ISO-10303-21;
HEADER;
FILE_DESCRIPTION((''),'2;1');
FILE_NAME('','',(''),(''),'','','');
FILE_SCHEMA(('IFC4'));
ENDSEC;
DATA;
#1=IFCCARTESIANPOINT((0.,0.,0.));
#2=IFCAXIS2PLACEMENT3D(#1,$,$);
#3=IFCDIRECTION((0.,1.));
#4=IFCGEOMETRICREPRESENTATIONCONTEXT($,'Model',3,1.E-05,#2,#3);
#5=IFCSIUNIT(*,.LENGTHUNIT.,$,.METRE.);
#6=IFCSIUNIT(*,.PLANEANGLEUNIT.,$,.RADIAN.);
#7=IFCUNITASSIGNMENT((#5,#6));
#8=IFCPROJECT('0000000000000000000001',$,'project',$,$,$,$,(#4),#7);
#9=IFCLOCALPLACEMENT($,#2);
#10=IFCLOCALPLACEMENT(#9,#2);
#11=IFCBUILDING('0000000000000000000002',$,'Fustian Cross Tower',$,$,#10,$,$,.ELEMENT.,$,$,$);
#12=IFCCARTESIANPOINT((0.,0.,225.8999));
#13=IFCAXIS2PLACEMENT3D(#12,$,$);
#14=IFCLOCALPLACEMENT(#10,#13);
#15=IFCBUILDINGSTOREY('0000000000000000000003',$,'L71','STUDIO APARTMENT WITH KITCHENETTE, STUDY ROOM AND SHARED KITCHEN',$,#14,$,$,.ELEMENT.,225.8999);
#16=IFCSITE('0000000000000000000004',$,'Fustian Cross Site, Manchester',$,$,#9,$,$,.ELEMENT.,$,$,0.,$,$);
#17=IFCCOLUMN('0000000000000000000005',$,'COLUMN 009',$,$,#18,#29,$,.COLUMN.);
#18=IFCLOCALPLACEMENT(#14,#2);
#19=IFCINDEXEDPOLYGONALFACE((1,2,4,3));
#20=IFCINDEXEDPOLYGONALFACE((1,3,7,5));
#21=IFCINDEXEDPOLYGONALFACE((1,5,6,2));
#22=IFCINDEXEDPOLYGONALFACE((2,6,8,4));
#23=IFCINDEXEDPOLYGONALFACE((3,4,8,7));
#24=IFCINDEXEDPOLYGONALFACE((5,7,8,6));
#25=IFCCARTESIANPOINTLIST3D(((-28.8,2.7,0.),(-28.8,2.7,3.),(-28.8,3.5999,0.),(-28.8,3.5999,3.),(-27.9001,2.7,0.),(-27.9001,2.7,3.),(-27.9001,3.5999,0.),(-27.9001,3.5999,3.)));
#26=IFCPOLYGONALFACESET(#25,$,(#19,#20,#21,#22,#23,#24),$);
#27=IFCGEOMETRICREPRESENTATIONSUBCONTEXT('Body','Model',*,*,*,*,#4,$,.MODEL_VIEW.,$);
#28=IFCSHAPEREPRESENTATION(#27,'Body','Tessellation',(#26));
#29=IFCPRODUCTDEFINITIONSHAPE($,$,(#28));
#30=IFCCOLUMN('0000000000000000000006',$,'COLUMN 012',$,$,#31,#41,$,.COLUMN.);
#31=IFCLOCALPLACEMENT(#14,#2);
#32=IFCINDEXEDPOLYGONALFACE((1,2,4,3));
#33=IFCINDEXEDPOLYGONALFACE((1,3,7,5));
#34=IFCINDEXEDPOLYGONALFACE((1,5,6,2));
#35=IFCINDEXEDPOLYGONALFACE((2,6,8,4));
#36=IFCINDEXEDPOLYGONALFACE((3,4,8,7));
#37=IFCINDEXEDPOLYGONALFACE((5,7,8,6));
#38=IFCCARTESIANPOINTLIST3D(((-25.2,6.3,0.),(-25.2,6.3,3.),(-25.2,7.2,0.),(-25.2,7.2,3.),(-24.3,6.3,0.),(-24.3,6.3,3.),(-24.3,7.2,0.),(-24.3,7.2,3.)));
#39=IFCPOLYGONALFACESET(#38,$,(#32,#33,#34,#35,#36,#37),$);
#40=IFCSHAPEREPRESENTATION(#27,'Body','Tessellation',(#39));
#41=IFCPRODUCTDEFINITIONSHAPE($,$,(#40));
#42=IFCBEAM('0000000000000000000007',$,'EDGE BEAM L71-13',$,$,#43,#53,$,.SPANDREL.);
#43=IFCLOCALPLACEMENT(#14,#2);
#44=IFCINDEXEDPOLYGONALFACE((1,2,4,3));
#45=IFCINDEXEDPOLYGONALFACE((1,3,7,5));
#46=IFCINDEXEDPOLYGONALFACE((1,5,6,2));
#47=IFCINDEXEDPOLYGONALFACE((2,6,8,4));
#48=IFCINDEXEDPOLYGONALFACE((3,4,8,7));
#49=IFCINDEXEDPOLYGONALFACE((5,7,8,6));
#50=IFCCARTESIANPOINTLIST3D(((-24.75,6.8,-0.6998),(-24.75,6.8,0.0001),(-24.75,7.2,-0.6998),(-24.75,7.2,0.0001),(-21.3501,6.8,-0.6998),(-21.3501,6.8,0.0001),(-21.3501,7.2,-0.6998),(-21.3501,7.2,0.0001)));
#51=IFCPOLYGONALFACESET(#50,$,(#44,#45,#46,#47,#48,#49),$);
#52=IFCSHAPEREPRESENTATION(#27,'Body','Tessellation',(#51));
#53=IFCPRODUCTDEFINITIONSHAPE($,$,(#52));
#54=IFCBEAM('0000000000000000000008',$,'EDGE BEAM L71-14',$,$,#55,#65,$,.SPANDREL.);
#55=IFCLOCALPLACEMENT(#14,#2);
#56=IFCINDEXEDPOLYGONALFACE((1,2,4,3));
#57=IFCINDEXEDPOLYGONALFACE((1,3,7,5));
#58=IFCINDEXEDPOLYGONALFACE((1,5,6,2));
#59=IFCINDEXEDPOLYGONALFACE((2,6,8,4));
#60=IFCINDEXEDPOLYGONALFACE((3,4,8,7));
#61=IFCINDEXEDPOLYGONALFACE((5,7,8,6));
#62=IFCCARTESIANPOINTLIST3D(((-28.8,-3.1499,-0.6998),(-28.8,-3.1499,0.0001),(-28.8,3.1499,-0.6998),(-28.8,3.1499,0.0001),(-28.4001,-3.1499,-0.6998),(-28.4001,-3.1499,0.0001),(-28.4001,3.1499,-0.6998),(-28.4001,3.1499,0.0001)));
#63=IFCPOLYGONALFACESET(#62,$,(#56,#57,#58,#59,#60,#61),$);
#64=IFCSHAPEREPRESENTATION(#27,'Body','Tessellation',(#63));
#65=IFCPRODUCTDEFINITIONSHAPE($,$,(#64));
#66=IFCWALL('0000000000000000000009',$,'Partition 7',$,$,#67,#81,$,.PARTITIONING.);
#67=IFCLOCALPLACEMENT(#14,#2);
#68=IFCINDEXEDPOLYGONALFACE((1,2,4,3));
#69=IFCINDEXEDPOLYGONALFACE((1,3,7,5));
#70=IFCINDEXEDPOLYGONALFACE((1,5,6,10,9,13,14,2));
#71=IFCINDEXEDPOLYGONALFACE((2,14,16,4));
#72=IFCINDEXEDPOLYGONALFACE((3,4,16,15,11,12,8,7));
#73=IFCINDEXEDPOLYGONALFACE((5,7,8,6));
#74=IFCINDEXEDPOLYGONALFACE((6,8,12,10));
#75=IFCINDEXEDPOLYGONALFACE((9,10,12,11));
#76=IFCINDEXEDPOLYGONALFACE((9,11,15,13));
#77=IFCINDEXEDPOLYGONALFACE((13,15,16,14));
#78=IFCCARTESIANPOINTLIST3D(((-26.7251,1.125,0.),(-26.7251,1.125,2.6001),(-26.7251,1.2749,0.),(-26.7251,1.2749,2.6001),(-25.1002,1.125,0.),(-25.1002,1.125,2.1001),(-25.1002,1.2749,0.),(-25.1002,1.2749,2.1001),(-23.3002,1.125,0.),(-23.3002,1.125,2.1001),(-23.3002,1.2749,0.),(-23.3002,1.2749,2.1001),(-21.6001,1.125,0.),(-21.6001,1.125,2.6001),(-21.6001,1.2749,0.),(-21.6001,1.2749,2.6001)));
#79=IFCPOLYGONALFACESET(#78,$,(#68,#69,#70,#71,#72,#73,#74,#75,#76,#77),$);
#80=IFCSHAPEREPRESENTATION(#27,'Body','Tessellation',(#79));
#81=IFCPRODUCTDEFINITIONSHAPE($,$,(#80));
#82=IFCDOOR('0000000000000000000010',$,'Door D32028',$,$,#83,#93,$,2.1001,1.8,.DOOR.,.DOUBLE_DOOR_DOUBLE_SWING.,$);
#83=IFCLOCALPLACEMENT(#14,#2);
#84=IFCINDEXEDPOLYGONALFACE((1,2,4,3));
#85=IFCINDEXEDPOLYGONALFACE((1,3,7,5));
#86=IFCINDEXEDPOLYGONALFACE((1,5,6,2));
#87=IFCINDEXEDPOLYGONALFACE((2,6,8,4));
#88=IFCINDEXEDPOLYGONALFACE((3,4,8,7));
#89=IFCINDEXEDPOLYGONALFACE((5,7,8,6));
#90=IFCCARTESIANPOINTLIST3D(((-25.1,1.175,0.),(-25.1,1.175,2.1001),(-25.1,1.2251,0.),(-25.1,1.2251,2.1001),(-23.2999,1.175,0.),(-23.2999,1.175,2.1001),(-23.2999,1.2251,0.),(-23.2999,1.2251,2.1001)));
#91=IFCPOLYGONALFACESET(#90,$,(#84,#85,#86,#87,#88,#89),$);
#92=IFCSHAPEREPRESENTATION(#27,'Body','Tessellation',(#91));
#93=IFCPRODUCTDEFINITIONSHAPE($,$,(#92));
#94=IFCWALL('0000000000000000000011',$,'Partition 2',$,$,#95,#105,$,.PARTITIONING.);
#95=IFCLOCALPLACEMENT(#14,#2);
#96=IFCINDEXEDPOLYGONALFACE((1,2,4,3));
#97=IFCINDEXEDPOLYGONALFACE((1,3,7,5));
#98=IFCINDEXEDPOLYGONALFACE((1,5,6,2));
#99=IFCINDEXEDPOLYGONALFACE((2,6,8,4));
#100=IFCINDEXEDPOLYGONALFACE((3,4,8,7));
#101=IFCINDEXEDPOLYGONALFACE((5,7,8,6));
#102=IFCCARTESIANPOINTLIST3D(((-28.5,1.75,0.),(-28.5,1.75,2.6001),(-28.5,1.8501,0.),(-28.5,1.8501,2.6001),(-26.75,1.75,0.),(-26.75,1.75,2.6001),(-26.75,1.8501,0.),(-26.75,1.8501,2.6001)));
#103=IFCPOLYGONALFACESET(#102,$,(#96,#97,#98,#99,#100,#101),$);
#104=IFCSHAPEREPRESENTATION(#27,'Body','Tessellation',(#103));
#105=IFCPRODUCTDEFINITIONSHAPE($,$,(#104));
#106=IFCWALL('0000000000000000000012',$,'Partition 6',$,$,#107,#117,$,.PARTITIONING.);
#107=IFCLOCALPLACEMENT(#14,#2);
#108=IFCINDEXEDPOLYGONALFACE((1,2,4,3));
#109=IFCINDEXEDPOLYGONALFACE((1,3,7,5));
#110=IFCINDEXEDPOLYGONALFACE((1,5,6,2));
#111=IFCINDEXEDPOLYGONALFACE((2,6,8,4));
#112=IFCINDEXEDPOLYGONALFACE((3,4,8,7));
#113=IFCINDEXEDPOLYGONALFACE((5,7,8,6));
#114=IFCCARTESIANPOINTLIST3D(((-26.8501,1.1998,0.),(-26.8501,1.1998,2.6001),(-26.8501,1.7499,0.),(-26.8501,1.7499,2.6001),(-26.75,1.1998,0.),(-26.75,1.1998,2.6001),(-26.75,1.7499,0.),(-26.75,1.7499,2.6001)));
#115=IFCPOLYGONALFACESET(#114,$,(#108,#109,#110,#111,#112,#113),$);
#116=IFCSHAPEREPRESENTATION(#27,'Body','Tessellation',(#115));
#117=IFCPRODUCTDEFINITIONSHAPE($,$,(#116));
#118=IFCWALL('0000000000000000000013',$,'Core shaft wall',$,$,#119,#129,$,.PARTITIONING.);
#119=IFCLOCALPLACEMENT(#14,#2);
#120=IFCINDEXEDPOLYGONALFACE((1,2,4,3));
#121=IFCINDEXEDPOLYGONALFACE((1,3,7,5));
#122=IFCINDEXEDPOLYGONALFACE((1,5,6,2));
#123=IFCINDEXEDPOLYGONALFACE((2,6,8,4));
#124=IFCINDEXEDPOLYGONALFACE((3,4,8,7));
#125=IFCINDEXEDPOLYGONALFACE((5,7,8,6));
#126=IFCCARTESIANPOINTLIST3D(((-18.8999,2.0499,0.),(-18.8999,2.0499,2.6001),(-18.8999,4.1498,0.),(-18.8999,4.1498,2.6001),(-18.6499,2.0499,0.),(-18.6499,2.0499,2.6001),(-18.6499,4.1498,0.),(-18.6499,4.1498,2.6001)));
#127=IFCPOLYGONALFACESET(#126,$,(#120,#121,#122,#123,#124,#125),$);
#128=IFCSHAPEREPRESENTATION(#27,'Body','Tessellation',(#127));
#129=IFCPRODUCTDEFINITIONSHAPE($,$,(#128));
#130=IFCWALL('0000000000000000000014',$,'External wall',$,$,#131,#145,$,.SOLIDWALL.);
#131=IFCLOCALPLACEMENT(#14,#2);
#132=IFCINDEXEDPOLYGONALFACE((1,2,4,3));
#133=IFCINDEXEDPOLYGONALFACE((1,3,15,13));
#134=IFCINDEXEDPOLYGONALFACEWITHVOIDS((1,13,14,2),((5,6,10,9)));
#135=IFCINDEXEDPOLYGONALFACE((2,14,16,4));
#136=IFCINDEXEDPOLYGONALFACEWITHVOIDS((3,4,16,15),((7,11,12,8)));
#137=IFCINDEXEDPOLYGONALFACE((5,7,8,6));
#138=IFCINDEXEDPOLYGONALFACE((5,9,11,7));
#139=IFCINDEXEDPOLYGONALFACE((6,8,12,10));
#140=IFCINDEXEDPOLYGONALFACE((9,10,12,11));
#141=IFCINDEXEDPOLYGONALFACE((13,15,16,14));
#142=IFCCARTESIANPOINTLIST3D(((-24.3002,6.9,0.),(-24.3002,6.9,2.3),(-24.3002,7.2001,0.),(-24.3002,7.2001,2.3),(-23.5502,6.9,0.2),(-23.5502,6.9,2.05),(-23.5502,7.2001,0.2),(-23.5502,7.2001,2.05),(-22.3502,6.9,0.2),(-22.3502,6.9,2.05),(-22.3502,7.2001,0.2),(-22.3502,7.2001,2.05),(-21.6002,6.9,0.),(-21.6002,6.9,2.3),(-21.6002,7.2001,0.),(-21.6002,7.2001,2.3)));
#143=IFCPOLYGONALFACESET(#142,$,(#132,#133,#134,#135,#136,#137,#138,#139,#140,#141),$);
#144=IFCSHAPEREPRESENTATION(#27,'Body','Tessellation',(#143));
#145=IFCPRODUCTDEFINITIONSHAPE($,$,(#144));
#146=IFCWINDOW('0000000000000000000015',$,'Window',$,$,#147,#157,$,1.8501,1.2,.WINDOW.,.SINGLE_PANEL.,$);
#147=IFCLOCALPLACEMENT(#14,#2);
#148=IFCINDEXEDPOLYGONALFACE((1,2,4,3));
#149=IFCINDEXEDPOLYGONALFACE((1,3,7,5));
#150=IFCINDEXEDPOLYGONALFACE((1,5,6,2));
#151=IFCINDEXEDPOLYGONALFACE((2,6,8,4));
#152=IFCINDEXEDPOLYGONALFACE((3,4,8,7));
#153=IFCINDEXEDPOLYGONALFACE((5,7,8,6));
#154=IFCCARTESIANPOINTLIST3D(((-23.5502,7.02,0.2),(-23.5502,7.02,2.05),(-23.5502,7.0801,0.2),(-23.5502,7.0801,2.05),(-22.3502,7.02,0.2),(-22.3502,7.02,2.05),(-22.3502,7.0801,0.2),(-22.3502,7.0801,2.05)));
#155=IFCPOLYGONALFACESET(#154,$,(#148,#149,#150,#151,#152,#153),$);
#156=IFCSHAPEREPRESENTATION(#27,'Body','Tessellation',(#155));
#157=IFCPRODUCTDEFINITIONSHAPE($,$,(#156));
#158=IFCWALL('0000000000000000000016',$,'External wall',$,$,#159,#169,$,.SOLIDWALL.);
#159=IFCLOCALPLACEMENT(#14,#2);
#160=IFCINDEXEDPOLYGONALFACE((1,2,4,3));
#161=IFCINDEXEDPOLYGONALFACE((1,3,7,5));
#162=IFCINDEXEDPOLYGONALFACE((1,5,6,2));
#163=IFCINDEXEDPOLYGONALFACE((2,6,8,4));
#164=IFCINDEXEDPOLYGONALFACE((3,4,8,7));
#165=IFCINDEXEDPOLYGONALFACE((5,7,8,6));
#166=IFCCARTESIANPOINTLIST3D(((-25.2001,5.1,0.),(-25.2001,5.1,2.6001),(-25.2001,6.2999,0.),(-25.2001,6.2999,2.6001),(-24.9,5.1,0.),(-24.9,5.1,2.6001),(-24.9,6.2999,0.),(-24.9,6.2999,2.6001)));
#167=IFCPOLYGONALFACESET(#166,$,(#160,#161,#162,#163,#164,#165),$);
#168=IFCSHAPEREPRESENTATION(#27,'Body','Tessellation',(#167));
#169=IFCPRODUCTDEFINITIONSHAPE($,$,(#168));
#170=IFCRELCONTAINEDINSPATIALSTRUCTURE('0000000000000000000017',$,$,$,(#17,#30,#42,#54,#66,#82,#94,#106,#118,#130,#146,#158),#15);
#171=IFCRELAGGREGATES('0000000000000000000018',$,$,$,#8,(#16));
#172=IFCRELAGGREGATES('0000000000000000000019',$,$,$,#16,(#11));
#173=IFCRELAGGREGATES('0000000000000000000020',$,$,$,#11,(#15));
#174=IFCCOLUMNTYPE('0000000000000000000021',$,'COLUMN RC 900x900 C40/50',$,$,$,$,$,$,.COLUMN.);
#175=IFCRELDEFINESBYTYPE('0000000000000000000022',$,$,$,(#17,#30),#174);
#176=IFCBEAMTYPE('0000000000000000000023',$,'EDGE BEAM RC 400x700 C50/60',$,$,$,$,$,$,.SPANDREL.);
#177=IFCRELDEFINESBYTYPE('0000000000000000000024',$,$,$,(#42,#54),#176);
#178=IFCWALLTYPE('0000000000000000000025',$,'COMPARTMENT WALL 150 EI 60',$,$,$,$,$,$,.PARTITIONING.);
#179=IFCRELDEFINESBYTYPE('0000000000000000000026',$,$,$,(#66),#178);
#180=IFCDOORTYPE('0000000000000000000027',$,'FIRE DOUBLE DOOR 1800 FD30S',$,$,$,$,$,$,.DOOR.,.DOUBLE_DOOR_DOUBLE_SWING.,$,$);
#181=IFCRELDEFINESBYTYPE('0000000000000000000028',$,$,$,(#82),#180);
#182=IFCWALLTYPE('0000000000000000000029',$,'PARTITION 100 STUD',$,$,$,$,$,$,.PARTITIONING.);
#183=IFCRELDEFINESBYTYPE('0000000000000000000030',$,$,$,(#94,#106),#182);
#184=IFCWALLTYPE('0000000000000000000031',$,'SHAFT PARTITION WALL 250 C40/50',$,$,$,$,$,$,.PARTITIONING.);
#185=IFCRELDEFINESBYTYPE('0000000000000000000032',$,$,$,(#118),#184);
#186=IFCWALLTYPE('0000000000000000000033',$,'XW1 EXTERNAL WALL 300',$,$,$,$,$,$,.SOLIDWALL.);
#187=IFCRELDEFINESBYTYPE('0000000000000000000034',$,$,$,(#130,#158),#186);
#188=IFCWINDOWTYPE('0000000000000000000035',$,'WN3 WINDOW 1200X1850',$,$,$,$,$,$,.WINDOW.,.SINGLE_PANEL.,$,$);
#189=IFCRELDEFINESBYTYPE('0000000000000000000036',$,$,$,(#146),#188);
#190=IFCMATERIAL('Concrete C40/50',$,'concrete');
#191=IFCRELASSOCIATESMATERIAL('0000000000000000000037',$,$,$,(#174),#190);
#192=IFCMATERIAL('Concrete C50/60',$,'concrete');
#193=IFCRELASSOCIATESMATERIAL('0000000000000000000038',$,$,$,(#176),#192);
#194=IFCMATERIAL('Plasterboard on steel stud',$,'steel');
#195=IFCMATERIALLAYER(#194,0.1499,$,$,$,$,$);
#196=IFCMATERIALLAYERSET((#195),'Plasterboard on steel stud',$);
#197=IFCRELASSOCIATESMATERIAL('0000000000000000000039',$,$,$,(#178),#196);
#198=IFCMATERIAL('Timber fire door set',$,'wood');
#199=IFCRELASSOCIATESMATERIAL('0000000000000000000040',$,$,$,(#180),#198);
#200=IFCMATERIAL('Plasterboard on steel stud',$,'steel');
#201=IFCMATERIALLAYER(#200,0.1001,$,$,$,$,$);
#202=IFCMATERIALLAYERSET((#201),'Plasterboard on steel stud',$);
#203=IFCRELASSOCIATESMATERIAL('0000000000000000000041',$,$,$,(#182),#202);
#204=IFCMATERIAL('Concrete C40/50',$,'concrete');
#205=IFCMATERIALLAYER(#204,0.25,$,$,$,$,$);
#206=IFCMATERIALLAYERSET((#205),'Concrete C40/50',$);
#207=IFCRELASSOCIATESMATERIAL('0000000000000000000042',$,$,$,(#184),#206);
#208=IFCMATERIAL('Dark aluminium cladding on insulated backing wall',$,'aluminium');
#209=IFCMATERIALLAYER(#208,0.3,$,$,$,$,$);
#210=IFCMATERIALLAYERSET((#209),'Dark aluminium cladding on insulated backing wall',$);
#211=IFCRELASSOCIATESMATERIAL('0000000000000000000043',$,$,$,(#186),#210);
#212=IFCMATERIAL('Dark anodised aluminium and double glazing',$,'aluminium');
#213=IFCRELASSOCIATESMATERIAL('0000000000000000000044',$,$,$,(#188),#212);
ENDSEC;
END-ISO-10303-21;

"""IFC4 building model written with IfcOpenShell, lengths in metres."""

from ifc_helpers import new_model, si_unit, direction, frame, frame_2d, origin, origin_2d, place, context, subcontext, project, spatial, rectangle, extrude, material, layer, layer_set, material_profile, profile_set, type_object, element, fill, save


model = new_model("IFC4")

# Units and contexts
model_context = context("Model", 3, precision=1e-05, world=origin(), true_north=direction((0.0, 1.0)))
body_context = subcontext(model_context, "Body", "Model", "MODEL_VIEW")
ifc_project = project(units=[si_unit("LENGTHUNIT", "METRE"), si_unit("PLANEANGLEUNIT", "RADIAN")], contexts=[model_context])

# Site, building, storey
site_placement = place(None, origin())
site = spatial("IfcSite", under=ifc_project, at=site_placement, Name="Fustian Cross Site, Manchester", CompositionType="ELEMENT", RefElevation=0.0)
building_placement = place(site_placement, origin())
building = spatial("IfcBuilding", under=site, at=building_placement, Name="Fustian Cross Tower", CompositionType="ELEMENT")
storey_placement = place(building_placement, frame((0.0, 0.0, 225.8999)))
storey = spatial("IfcBuildingStorey", under=building, at=storey_placement, Name="L71", Description="STUDIO APARTMENT WITH KITCHENETTE, STUDY ROOM AND SHARED KITCHEN", CompositionType="ELEMENT", Elevation=225.8999)

# Columns
ifc_material_1 = material(Name="Concrete C40/50", Category="concrete")
ifc_material_profile_1 = material_profile(ifc_material_1, rectangle(XDim=0.8999, YDim=0.8999, at=origin_2d()), Name="RC 900x900")
ifc_profile_set_1 = profile_set([ifc_material_profile_1], Name="Concrete C40/50")
column_type = type_object("IfcColumnType", Name="COLUMN RC 900x900 C40/50", PredefinedType="COLUMN", material=ifc_profile_set_1)
for number, where, z_axis, x_axis, name in (
    (1, (-28.3501, 3.1499, 0.0), (0.0, 0.0, 1.0), (1.0, 0.0, 0.0), "COLUMN 009"),
    (2, (-24.75, 6.75, 0.0), (0.0, 0.0, 1.0), (1.0, 0.0, 0.0), "COLUMN 012"),
):
    element("IfcColumn", number, at=place(storey_placement, frame(where, z_axis=z_axis, x_axis=x_axis)), inside=storey, type_object=column_type, Name=name, PredefinedType="COLUMN", context=body_context, shape_type="SweptSolid", body=[
        extrude(rectangle(XDim=0.8999, YDim=0.8999, at=origin_2d()), origin(), (0.0, 0.0, 1.0), 3.0),
    ])

# Beams
ifc_material_2 = material(Name="Concrete C50/60", Category="concrete")
ifc_material_profile_2 = material_profile(ifc_material_2, rectangle(XDim=0.3999, YDim=0.7, at=origin_2d()), Name="RC 400x700")
ifc_profile_set_2 = profile_set([ifc_material_profile_2], Name="Concrete C50/60")
beam_type = type_object("IfcBeamType", Name="EDGE BEAM RC 400x700 C50/60", PredefinedType="SPANDREL", material=ifc_profile_set_2)
beam_1_placement = place(storey_placement, frame((-21.3501, 7.0, -0.3499), z_axis=(-1.0, 0.0, 0.0), x_axis=(0.0, -1.0, 0.0)))
element("IfcBeam", 3, at=beam_1_placement, inside=storey, type_object=beam_type, Name="EDGE BEAM L71-13", PredefinedType="SPANDREL", context=body_context, shape_type="SweptSolid", body=[
    extrude(rectangle(XDim=0.3999, YDim=0.7, at=origin_2d()), origin(), (0.0, 0.0, 1.0), 3.3999),
])
beam_2_placement = place(storey_placement, frame((-28.6001, 3.1499, -0.3499), z_axis=(0.0, -1.0, 0.0), x_axis=(1.0, 0.0, 0.0)))
element("IfcBeam", 4, at=beam_2_placement, inside=storey, type_object=beam_type, Name="EDGE BEAM L71-14", PredefinedType="SPANDREL", context=body_context, shape_type="SweptSolid", body=[
    extrude(rectangle(XDim=0.3999, YDim=0.7, at=origin_2d()), origin(), (0.0, 0.0, 1.0), 6.2998),
])

# Wall, opening, door
ifc_material_3 = material(Name="Plasterboard on steel stud", Category="steel")
ifc_layer_1 = layer(ifc_material_3, 0.1499)
ifc_layer_set_1 = layer_set([ifc_layer_1], Name="Plasterboard on steel stud")
wall_type_1 = type_object("IfcWallType", Name="COMPARTMENT WALL 150 EI 60", PredefinedType="PARTITIONING", material=ifc_layer_set_1)
wall_1_placement = place(storey_placement, frame((-26.7251, 1.2, 0.0), z_axis=(0.0, 0.0, 1.0), x_axis=(1.0, 0.0, 0.0)))
wall_1 = element("IfcWall", 5, at=wall_1_placement, inside=storey, type_object=wall_type_1, Name="Partition 7", PredefinedType="PARTITIONING", context=body_context, shape_type="SweptSolid", body=[
    extrude(rectangle(XDim=5.125, YDim=0.1499, at=frame_2d((2.5625, 0.0))), origin(), (0.0, 0.0, 1.0), 2.6001),
])
opening_1_placement = place(wall_1_placement, frame((1.625, 0.0, 0.0)))
opening_1 = element("IfcOpeningElement", 6, at=opening_1_placement, cuts=wall_1, PredefinedType="OPENING", context=body_context, shape_type="SweptSolid", body=[
    extrude(rectangle(XDim=1.8, YDim=2.1001, at=frame_2d((0.8999, 1.05))), frame((0.0, 0.085, 0.0), z_axis=(0.0, -1.0, 0.0), x_axis=(1.0, 0.0, 0.0)), (0.0, 0.0, 1.0), 0.1699),
])
ifc_material_4 = material(Name="Timber fire door set", Category="wood")
door_type = type_object("IfcDoorType", Name="FIRE DOUBLE DOOR 1800 FD30S", OperationType="DOUBLE_DOOR_DOUBLE_SWING", PredefinedType="DOOR", material=ifc_material_4)
door_placement = place(opening_1_placement, frame((1.8, 0.0, 0.0), z_axis=(0.0, 0.0, 1.0), x_axis=(-1.0, 0.0, 0.0)))
door = element("IfcDoor", 7, at=door_placement, inside=storey, type_object=door_type, Name="Door D32028", OperationType="DOUBLE_DOOR_DOUBLE_SWING", OverallHeight=2.1001, OverallWidth=1.8, PredefinedType="DOOR", context=body_context, shape_type="SweptSolid", body=[
    extrude(rectangle(XDim=1.8, YDim=2.1001, at=frame_2d((0.8999, 1.05))), frame((0.0, 0.0249, 0.0), z_axis=(0.0, -1.0, 0.0), x_axis=(1.0, 0.0, 0.0)), (0.0, 0.0, 1.0), 0.05),
])
fill(opening_1, door)

# Walls
ifc_material_5 = material(Name="Plasterboard on steel stud", Category="steel")
ifc_layer_2 = layer(ifc_material_5, 0.1001)
ifc_layer_set_2 = layer_set([ifc_layer_2], Name="Plasterboard on steel stud")
wall_type_2 = type_object("IfcWallType", Name="PARTITION 100 STUD", PredefinedType="PARTITIONING", material=ifc_layer_set_2)
wall_2_placement = place(storey_placement, frame((-28.5, 1.8, 0.0), z_axis=(0.0, 0.0, 1.0), x_axis=(1.0, 0.0, 0.0)))
element("IfcWall", 8, at=wall_2_placement, inside=storey, type_object=wall_type_2, Name="Partition 2", PredefinedType="PARTITIONING", context=body_context, shape_type="SweptSolid", body=[
    extrude(rectangle(XDim=1.75, YDim=0.1001, at=frame_2d((0.875, 0.0))), origin(), (0.0, 0.0, 1.0), 2.6001),
])
wall_3_placement = place(storey_placement, frame((-26.8, 1.2, 0.0), z_axis=(0.0, 0.0, 1.0), x_axis=(0.0, 1.0, 0.0)))
element("IfcWall", 9, at=wall_3_placement, inside=storey, type_object=wall_type_2, Name="Partition 6", PredefinedType="PARTITIONING", context=body_context, shape_type="SweptSolid", body=[
    extrude(rectangle(XDim=0.55, YDim=0.1001, at=frame_2d((0.2749, 0.0))), origin(), (0.0, 0.0, 1.0), 2.6001),
])
ifc_material_6 = material(Name="Concrete C40/50", Category="concrete")
ifc_layer_3 = layer(ifc_material_6, 0.25)
ifc_layer_set_3 = layer_set([ifc_layer_3], Name="Concrete C40/50")
wall_type_3 = type_object("IfcWallType", Name="SHAFT PARTITION WALL 250 C40/50", PredefinedType="PARTITIONING", material=ifc_layer_set_3)
wall_4_placement = place(storey_placement, frame((-18.7749, 2.05, 0.0), z_axis=(0.0, 0.0, 1.0), x_axis=(0.0, 1.0, 0.0)))
element("IfcWall", 10, at=wall_4_placement, inside=storey, type_object=wall_type_3, Name="Core shaft wall", PredefinedType="PARTITIONING", context=body_context, shape_type="SweptSolid", body=[
    extrude(rectangle(XDim=2.0999, YDim=0.25, at=frame_2d((1.0498, 0.0))), origin(), (0.0, 0.0, 1.0), 2.6001),
])

# Wall, opening, window
ifc_material_7 = material(Name="Dark aluminium cladding on insulated backing wall", Category="aluminium")
ifc_layer_4 = layer(ifc_material_7, 0.3)
ifc_layer_set_4 = layer_set([ifc_layer_4], Name="Dark aluminium cladding on insulated backing wall")
wall_type_4 = type_object("IfcWallType", Name="XW1 EXTERNAL WALL 300", PredefinedType="SOLIDWALL", material=ifc_layer_set_4)
wall_5_placement = place(storey_placement, frame((-21.6001, 7.05, 0.0), z_axis=(0.0, 0.0, 1.0), x_axis=(-1.0, 0.0, 0.0)))
wall_5 = element("IfcWall", 11, at=wall_5_placement, inside=storey, type_object=wall_type_4, Name="External wall", PredefinedType="SOLIDWALL", context=body_context, shape_type="SweptSolid", body=[
    extrude(rectangle(XDim=2.7, YDim=0.3, at=frame_2d((1.3501, 0.0))), origin(), (0.0, 0.0, 1.0), 2.3),
])
opening_2_placement = place(wall_5_placement, frame((0.75, 0.0, 0.2)))
opening_2 = element("IfcOpeningElement", 12, at=opening_2_placement, cuts=wall_5, PredefinedType="OPENING", context=body_context, shape_type="SweptSolid", body=[
    extrude(rectangle(XDim=1.2, YDim=1.8501, at=frame_2d((0.6001, 0.925))), frame((0.0, 0.1599, 0.0), z_axis=(0.0, -1.0, 0.0), x_axis=(1.0, 0.0, 0.0)), (0.0, 0.0, 1.0), 0.3201),
])
ifc_material_8 = material(Name="Dark anodised aluminium and double glazing", Category="aluminium")
window_type_1 = type_object("IfcWindowType", Name="WN3 WINDOW 1200X1850", PartitioningType="SINGLE_PANEL", PredefinedType="WINDOW", material=ifc_material_8)
window_1_placement = place(opening_2_placement, origin())
window_1 = element("IfcWindow", 13, at=window_1_placement, inside=storey, type_object=window_type_1, Name="Window", OverallHeight=1.8501, OverallWidth=1.2, PartitioningType="SINGLE_PANEL", PredefinedType="WINDOW", context=body_context, shape_type="SweptSolid", body=[
    extrude(rectangle(XDim=1.2, YDim=1.8501, at=frame_2d((0.6001, 0.925))), frame((0.0, 0.03, 0.0), z_axis=(0.0, -1.0, 0.0), x_axis=(1.0, 0.0, 0.0)), (0.0, 0.0, 1.0), 0.0601),
])
fill(opening_2, window_1)

# Wall
wall_6_placement = place(storey_placement, frame((-25.05, 6.3, 0.0), z_axis=(0.0, 0.0, 1.0), x_axis=(0.0, -1.0, 0.0)))
element("IfcWall", 14, at=wall_6_placement, inside=storey, type_object=wall_type_4, Name="External wall", PredefinedType="SOLIDWALL", context=body_context, shape_type="SweptSolid", body=[
    extrude(rectangle(XDim=1.2, YDim=0.3, at=frame_2d((0.6001, 0.0))), origin(), (0.0, 0.0, 1.0), 2.6001),
])

save(model, "model.ifc")
